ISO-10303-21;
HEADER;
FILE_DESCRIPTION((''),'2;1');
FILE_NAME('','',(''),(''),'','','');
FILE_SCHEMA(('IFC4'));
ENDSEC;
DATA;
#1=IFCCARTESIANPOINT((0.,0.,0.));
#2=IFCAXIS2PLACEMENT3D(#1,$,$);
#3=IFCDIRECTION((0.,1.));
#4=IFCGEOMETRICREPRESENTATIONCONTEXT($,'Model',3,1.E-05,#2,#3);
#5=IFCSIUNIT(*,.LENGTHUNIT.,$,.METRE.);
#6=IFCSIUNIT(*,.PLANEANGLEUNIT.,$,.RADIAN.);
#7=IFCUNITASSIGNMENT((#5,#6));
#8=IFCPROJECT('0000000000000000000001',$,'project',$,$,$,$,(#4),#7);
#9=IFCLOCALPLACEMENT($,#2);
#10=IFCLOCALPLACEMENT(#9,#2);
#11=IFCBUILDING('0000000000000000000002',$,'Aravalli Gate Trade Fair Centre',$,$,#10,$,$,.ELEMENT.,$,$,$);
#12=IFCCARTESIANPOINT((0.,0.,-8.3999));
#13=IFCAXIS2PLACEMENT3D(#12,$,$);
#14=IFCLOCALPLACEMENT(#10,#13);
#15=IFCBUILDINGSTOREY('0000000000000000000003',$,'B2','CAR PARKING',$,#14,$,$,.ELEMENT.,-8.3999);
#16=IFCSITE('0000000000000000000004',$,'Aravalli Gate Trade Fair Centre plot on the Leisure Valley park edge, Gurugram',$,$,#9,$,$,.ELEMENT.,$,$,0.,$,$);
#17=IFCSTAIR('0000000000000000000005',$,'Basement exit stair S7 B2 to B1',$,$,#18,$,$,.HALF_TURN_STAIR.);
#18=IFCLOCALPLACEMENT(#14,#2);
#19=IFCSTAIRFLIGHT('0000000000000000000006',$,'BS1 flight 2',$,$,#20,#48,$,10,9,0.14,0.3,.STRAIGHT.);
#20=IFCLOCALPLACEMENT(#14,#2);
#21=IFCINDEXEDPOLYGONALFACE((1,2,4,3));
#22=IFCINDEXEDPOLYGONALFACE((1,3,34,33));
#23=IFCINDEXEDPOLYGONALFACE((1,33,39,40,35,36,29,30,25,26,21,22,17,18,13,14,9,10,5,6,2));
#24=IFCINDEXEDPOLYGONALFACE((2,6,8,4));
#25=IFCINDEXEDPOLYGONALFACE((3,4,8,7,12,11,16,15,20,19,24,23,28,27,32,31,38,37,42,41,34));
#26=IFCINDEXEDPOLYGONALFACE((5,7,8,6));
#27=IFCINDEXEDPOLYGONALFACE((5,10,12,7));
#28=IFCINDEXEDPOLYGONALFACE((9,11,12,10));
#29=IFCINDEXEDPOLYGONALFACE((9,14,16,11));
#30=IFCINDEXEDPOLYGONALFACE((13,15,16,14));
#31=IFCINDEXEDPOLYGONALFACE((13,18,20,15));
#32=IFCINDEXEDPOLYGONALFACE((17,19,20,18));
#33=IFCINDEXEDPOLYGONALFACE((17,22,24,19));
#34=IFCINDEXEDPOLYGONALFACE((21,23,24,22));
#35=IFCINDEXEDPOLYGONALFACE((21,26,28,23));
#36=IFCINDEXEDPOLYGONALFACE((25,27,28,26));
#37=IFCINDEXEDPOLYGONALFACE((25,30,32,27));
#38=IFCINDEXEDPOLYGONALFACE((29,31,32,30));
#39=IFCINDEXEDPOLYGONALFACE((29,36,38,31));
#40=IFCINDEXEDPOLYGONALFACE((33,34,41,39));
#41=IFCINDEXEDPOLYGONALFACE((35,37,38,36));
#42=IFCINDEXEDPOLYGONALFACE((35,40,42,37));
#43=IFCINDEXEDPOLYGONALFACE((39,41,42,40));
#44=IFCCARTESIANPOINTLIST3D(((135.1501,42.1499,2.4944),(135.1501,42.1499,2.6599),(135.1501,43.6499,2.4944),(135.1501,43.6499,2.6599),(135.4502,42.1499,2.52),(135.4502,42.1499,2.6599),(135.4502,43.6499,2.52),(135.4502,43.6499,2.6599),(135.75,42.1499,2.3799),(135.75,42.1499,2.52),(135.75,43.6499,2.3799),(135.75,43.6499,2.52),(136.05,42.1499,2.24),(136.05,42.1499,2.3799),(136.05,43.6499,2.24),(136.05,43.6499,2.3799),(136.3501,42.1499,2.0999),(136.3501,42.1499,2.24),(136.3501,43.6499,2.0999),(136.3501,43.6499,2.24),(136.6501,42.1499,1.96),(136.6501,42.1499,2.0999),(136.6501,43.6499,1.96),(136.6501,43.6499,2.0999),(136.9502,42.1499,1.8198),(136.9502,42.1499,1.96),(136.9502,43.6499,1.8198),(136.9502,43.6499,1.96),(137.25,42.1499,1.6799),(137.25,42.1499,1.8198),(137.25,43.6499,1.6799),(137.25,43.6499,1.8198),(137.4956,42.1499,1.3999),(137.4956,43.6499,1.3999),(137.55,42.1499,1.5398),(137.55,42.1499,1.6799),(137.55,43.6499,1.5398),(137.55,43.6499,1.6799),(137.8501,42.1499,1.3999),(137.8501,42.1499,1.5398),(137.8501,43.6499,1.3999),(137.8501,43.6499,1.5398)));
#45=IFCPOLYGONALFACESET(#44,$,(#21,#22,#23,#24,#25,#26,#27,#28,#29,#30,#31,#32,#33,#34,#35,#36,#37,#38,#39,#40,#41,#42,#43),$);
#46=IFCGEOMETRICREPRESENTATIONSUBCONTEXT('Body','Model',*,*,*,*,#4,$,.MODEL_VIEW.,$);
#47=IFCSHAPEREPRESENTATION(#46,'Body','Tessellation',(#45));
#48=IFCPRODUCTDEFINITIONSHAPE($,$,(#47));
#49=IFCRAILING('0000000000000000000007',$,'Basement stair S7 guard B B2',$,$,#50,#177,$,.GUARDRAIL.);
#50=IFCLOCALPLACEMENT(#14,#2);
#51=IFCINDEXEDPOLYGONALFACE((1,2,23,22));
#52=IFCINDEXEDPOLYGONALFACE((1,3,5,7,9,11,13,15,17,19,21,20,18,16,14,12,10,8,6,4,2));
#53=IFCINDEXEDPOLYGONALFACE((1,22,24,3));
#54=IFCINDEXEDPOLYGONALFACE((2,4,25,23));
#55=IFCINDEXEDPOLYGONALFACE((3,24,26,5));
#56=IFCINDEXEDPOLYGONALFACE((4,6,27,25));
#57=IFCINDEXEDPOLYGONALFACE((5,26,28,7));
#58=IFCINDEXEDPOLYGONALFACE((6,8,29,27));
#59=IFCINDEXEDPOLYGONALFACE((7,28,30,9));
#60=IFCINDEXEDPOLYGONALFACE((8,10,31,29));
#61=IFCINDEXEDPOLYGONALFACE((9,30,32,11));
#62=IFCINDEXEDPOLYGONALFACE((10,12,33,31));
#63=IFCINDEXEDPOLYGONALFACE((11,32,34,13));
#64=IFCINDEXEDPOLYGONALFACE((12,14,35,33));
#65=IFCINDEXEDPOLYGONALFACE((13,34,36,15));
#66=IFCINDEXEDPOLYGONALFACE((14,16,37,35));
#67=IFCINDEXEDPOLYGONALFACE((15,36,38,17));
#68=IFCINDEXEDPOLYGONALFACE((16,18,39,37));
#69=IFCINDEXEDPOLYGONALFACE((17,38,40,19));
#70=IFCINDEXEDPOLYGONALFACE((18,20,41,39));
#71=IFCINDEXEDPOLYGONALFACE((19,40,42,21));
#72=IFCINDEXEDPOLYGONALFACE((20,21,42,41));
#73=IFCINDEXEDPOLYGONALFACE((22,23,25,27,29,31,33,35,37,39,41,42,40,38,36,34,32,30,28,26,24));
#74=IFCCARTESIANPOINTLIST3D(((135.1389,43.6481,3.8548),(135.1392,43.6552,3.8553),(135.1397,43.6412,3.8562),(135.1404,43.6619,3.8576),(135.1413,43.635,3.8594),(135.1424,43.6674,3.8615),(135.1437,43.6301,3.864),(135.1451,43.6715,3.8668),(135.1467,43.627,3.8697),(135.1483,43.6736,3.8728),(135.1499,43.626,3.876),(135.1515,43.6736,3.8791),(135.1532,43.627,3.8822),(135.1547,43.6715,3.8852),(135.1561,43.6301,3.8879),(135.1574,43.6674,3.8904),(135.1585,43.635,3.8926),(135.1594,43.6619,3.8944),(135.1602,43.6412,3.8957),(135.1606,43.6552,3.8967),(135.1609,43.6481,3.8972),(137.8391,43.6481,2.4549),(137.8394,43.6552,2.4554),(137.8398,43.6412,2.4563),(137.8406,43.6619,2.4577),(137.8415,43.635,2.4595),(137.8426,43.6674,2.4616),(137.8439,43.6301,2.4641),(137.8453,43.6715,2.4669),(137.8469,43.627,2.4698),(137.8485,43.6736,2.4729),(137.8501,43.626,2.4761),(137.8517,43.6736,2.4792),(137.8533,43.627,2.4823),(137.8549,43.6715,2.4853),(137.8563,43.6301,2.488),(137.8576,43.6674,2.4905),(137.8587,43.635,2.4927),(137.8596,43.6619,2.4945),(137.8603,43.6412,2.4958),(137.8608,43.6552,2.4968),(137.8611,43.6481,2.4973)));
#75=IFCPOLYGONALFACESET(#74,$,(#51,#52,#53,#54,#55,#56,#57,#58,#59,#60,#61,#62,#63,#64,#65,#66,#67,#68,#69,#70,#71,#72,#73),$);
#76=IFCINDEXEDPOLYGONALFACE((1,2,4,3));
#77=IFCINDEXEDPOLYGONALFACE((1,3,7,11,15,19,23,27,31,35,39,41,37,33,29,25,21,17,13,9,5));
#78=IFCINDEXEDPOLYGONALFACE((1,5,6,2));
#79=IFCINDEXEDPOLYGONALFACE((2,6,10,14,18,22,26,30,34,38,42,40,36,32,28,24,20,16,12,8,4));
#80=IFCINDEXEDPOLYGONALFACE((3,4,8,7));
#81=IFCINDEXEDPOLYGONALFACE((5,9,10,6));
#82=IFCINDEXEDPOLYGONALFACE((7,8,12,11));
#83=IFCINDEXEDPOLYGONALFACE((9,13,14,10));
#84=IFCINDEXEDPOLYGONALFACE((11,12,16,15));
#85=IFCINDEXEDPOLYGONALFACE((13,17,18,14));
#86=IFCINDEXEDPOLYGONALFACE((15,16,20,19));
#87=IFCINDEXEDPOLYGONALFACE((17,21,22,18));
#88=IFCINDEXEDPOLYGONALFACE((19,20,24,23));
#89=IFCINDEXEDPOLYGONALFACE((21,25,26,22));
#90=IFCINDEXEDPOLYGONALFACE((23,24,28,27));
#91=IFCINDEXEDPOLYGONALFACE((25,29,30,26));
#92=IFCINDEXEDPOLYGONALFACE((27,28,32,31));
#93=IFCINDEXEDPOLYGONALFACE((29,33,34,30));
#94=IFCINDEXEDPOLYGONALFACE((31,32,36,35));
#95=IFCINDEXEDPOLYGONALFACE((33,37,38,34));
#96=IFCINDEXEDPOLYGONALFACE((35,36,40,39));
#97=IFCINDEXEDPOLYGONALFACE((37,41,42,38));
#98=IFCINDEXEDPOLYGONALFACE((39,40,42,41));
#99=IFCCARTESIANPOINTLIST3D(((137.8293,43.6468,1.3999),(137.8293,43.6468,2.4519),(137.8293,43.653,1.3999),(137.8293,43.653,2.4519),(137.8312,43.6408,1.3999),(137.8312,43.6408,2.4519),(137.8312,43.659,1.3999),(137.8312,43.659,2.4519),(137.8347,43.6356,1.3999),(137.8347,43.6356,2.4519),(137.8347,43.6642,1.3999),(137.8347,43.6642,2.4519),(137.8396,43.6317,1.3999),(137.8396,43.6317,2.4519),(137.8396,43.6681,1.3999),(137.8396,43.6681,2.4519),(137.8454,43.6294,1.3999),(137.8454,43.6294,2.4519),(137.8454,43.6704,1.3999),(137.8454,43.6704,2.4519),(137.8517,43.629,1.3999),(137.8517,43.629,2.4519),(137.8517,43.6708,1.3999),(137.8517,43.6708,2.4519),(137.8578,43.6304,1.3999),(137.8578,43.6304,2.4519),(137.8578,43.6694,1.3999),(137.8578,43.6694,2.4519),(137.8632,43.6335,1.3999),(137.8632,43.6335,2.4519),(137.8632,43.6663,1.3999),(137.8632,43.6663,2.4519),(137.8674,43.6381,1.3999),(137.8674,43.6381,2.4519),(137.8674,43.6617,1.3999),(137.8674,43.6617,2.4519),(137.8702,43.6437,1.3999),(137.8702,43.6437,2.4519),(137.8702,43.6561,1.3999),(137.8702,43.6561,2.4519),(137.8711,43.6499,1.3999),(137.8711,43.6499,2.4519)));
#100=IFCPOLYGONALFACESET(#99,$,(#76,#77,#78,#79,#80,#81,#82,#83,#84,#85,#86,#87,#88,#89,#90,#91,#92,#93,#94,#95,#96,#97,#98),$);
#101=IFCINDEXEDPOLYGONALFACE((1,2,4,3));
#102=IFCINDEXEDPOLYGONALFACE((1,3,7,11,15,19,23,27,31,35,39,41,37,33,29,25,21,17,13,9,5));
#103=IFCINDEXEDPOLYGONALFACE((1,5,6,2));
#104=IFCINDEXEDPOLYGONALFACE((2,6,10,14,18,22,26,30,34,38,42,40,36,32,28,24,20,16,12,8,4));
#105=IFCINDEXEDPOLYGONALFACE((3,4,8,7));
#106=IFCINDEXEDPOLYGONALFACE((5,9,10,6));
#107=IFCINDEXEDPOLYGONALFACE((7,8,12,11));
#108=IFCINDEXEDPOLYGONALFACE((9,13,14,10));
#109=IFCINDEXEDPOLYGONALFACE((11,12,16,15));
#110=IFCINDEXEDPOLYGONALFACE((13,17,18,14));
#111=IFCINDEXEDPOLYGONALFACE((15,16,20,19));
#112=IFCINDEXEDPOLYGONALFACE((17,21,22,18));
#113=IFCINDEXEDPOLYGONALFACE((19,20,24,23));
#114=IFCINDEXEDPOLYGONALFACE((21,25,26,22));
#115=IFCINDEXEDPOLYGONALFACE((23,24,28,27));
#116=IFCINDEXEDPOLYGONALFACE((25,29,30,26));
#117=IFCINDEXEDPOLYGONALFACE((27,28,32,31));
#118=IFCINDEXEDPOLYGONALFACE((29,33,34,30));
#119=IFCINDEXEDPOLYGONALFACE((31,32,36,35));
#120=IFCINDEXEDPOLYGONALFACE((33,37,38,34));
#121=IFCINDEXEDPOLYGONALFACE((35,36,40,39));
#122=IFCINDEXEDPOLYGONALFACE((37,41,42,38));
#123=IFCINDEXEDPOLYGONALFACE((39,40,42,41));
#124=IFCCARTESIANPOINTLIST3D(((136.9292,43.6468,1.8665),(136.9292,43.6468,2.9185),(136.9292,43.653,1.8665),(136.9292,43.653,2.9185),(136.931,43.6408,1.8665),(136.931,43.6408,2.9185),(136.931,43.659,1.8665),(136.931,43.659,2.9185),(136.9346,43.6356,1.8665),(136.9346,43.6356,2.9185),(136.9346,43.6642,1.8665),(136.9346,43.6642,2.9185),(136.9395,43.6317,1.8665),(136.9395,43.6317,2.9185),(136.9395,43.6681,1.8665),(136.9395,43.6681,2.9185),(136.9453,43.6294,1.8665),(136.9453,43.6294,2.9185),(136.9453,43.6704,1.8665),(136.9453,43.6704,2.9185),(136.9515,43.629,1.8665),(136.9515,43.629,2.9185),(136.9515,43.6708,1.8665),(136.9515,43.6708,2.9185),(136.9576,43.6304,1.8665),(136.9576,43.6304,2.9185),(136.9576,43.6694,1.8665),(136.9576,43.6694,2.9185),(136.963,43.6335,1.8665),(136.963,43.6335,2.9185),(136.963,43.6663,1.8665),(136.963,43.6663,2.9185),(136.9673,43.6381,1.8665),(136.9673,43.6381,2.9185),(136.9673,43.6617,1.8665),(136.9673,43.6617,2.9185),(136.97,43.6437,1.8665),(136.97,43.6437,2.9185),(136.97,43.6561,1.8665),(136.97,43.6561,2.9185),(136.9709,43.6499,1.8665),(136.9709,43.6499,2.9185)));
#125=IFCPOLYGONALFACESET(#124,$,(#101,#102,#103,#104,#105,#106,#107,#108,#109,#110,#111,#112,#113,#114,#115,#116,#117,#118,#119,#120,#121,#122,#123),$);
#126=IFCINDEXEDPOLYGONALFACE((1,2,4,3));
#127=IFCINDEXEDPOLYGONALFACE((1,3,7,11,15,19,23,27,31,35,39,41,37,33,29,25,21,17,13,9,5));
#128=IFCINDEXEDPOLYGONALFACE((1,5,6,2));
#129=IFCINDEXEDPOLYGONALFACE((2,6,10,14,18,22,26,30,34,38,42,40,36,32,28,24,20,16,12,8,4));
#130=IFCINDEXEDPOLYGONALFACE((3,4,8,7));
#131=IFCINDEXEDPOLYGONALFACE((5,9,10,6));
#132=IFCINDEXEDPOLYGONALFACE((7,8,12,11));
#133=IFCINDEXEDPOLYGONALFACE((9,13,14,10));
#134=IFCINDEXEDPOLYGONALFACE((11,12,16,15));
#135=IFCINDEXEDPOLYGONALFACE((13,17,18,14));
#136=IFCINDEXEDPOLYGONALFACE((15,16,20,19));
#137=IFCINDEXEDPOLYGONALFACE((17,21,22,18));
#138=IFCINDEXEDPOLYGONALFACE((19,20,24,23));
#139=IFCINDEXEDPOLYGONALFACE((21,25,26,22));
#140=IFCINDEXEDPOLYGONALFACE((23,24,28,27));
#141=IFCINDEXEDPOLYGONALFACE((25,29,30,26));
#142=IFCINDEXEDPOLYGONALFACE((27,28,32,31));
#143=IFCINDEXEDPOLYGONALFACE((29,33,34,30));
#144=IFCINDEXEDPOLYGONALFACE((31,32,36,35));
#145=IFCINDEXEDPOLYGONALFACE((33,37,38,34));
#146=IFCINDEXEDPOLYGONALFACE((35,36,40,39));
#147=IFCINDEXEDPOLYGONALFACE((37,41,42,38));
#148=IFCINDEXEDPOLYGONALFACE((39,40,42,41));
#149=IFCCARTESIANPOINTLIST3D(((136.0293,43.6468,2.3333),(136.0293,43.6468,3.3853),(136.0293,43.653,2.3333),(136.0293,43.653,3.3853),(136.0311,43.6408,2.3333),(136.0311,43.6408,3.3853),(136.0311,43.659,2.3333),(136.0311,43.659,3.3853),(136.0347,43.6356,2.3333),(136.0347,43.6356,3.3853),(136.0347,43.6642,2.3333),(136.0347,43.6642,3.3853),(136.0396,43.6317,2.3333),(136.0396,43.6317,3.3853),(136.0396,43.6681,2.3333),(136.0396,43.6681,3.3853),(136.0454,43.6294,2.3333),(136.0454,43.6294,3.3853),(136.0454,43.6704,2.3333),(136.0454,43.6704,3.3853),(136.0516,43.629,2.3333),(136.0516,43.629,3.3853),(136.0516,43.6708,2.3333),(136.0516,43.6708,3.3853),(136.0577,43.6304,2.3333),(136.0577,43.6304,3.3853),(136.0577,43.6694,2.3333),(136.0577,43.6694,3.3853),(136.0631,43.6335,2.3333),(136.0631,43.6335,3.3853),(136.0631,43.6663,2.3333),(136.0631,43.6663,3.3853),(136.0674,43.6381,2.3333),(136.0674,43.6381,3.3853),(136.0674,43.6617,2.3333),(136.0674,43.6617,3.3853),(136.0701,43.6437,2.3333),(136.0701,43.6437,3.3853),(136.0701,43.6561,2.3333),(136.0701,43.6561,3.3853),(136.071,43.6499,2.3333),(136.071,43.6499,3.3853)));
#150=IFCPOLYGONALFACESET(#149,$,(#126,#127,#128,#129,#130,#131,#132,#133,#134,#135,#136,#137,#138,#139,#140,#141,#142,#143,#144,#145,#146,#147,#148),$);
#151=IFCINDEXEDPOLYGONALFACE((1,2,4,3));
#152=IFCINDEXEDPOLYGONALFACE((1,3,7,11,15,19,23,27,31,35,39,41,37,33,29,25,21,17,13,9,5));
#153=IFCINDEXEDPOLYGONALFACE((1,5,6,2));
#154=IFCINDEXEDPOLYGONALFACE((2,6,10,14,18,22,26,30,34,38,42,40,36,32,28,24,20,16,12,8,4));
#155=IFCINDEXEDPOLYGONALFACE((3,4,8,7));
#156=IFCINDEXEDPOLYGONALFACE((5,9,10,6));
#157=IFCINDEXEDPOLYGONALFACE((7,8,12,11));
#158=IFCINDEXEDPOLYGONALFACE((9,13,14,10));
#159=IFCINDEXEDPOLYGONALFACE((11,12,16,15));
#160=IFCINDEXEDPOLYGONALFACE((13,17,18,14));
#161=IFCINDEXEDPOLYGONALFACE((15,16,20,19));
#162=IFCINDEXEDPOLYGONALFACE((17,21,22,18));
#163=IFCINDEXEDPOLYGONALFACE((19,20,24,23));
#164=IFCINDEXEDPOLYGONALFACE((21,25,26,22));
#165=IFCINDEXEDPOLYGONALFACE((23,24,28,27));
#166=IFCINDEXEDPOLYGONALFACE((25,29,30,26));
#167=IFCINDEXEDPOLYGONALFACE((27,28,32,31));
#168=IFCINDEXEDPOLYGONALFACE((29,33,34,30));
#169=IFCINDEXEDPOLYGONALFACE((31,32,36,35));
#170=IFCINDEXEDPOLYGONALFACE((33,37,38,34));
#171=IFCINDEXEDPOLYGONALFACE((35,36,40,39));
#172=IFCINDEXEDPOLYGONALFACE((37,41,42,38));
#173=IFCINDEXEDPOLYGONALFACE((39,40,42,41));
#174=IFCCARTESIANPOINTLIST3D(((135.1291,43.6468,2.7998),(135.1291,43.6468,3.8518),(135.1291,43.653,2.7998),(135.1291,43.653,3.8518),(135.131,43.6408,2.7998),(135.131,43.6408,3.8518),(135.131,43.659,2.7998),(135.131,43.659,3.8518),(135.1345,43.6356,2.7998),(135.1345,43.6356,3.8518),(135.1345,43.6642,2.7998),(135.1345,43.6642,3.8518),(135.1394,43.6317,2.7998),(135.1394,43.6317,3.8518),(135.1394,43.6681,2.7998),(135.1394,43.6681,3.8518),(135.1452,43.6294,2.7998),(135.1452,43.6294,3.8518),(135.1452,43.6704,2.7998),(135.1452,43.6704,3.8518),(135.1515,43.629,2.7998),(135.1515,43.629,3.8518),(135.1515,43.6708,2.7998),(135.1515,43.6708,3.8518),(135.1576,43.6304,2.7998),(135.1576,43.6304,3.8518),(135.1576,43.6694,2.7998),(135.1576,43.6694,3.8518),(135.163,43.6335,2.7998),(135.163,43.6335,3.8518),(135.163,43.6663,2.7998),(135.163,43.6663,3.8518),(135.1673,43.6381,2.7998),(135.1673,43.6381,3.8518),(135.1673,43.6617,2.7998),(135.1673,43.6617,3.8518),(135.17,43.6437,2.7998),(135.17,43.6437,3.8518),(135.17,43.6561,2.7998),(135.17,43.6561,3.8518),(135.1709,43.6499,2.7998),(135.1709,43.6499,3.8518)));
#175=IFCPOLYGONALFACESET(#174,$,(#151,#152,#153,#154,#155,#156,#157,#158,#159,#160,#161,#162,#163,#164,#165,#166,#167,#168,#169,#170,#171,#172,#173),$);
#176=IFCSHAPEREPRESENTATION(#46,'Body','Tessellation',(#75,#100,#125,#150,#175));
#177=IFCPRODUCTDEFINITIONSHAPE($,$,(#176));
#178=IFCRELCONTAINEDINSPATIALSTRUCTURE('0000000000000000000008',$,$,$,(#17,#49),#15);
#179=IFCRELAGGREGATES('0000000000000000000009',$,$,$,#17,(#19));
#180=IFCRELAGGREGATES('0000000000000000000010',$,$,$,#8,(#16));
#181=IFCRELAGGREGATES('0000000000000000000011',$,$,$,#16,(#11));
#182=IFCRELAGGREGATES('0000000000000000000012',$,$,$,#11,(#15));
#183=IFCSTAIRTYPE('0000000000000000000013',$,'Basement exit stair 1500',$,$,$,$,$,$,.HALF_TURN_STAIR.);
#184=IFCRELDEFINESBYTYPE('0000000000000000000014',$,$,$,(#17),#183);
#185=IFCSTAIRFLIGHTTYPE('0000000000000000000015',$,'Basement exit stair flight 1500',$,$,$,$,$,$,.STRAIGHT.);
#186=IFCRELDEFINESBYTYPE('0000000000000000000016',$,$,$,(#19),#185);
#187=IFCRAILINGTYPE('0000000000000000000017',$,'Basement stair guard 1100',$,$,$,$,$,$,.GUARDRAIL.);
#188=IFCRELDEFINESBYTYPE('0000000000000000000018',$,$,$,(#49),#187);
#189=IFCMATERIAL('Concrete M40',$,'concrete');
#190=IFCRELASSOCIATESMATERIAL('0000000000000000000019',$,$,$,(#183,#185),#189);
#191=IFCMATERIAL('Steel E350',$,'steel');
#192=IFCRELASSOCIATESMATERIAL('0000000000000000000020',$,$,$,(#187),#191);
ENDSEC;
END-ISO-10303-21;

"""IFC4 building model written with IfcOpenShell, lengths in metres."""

from ifc_helpers import new_model, si_unit, direction, frame, origin, origin_2d, place, context, subcontext, project, spatial, polyline, circle, outline, extrude, material, type_object, element, aggregate, save


model = new_model("IFC4")

# Units and contexts
model_context = context("Model", 3, precision=1e-05, world=origin(), true_north=direction((0.0, 1.0)))
body_context = subcontext(model_context, "Body", "Model", "MODEL_VIEW")
ifc_project = project(units=[si_unit("LENGTHUNIT", "METRE"), si_unit("PLANEANGLEUNIT", "RADIAN")], contexts=[model_context])

# Site, building, storey
site_placement = place(None, origin())
site = spatial("IfcSite", under=ifc_project, at=site_placement, Name="Aravalli Gate Trade Fair Centre plot on the Leisure Valley park edge, Gurugram", CompositionType="ELEMENT", RefElevation=0.0)
building_placement = place(site_placement, origin())
building = spatial("IfcBuilding", under=site, at=building_placement, Name="Aravalli Gate Trade Fair Centre", CompositionType="ELEMENT")
storey_placement = place(building_placement, frame((0.0, 0.0, -8.3999)))
storey = spatial("IfcBuildingStorey", under=building, at=storey_placement, Name="B2", Description="CAR PARKING", CompositionType="ELEMENT", Elevation=-8.3999)

# Shared definitions
ifc_material_1 = material(Name="Concrete M40", Category="concrete")

# Stair, stair flight
stair_type = type_object("IfcStairType", Name="Basement exit stair 1500", PredefinedType="HALF_TURN_STAIR", material=ifc_material_1)
stair_placement = place(storey_placement, origin())
stair = element("IfcStair", 1, at=stair_placement, inside=storey, type_object=stair_type, Name="Basement exit stair S7 B2 to B1", PredefinedType="HALF_TURN_STAIR")
stair_flight_type = type_object("IfcStairFlightType", Name="Basement exit stair flight 1500", PredefinedType="STRAIGHT", material=ifc_material_1)
stair_flight_placement = place(storey_placement, frame((137.8501, 42.8999, 1.3999), z_axis=(0.0, 0.0, 1.0), x_axis=(-1.0, 0.0, 0.0)))
stair_flight = element("IfcStairFlight", 2, at=stair_flight_placement, type_object=stair_flight_type, Name="BS1 flight 2", NumberOfRisers=10, NumberOfTreads=9, PredefinedType="STRAIGHT", RiserHeight=0.14, TreadLength=0.3, context=body_context, shape_type="SweptSolid", body=[
    extrude(outline(polyline([(0.0, 0.0), (0.0, 0.1399), (0.3, 0.1399), (0.3, 0.28), (0.6001, 0.28), (0.6001, 0.4199), (0.8999, 0.4199), (0.8999, 0.5601), (1.2, 0.5601), (1.2, 0.7), (1.5, 0.7), (1.5, 0.8401), (1.8, 0.8401), (1.8, 0.98), (2.1001, 0.98), (2.1001, 1.1201), (2.3999, 1.1201), (2.3999, 1.26), (2.7, 1.26), (2.7, 1.3999), (2.7, 1.0945), (0.3545, 0.0), (0.0, 0.0)])), frame((0.0, 0.75, 0.0), z_axis=(0.0, -1.0, 0.0), x_axis=(1.0, 0.0, 0.0)), (0.0, 0.0, 1.0), 1.5),
])
aggregate(stair, [stair_flight])

# Railing
ifc_material_2 = material(Name="Steel E350", Category="steel")
railing_type_1 = type_object("IfcRailingType", Name="Basement stair guard 1100", PredefinedType="GUARDRAIL", material=ifc_material_2)
railing_1_placement = place(storey_placement, frame((137.8501, 43.6499, 1.3999)))
element("IfcRailing", 3, at=railing_1_placement, inside=storey, type_object=railing_type_1, Name="Basement stair S7 guard B B2", PredefinedType="GUARDRAIL", context=body_context, shape_type="SweptSolid", body=[
    extrude(circle(Radius=0.0239, at=origin_2d()), frame((0.0, 0.0, 1.0762), z_axis=(-0.887781, 0.0, 0.460266), x_axis=(0.0, -1.0, 0.0)), (0.0, 0.0, 1.0), 3.0415),
    extrude(circle(Radius=0.021, at=origin_2d()), origin(), (0.0, 0.0, 1.0), 1.052),
    extrude(circle(Radius=0.021, at=origin_2d()), frame((-0.9001, 0.0, 0.4666)), (0.0, 0.0, 1.0), 1.052),
    extrude(circle(Radius=0.021, at=origin_2d()), frame((-1.8, 0.0, 0.9333)), (0.0, 0.0, 1.0), 1.052),
    extrude(circle(Radius=0.021, at=origin_2d()), frame((-2.7002, 0.0, 1.3999)), (0.0, 0.0, 1.0), 1.052),
])

save(model, "model.ifc")
